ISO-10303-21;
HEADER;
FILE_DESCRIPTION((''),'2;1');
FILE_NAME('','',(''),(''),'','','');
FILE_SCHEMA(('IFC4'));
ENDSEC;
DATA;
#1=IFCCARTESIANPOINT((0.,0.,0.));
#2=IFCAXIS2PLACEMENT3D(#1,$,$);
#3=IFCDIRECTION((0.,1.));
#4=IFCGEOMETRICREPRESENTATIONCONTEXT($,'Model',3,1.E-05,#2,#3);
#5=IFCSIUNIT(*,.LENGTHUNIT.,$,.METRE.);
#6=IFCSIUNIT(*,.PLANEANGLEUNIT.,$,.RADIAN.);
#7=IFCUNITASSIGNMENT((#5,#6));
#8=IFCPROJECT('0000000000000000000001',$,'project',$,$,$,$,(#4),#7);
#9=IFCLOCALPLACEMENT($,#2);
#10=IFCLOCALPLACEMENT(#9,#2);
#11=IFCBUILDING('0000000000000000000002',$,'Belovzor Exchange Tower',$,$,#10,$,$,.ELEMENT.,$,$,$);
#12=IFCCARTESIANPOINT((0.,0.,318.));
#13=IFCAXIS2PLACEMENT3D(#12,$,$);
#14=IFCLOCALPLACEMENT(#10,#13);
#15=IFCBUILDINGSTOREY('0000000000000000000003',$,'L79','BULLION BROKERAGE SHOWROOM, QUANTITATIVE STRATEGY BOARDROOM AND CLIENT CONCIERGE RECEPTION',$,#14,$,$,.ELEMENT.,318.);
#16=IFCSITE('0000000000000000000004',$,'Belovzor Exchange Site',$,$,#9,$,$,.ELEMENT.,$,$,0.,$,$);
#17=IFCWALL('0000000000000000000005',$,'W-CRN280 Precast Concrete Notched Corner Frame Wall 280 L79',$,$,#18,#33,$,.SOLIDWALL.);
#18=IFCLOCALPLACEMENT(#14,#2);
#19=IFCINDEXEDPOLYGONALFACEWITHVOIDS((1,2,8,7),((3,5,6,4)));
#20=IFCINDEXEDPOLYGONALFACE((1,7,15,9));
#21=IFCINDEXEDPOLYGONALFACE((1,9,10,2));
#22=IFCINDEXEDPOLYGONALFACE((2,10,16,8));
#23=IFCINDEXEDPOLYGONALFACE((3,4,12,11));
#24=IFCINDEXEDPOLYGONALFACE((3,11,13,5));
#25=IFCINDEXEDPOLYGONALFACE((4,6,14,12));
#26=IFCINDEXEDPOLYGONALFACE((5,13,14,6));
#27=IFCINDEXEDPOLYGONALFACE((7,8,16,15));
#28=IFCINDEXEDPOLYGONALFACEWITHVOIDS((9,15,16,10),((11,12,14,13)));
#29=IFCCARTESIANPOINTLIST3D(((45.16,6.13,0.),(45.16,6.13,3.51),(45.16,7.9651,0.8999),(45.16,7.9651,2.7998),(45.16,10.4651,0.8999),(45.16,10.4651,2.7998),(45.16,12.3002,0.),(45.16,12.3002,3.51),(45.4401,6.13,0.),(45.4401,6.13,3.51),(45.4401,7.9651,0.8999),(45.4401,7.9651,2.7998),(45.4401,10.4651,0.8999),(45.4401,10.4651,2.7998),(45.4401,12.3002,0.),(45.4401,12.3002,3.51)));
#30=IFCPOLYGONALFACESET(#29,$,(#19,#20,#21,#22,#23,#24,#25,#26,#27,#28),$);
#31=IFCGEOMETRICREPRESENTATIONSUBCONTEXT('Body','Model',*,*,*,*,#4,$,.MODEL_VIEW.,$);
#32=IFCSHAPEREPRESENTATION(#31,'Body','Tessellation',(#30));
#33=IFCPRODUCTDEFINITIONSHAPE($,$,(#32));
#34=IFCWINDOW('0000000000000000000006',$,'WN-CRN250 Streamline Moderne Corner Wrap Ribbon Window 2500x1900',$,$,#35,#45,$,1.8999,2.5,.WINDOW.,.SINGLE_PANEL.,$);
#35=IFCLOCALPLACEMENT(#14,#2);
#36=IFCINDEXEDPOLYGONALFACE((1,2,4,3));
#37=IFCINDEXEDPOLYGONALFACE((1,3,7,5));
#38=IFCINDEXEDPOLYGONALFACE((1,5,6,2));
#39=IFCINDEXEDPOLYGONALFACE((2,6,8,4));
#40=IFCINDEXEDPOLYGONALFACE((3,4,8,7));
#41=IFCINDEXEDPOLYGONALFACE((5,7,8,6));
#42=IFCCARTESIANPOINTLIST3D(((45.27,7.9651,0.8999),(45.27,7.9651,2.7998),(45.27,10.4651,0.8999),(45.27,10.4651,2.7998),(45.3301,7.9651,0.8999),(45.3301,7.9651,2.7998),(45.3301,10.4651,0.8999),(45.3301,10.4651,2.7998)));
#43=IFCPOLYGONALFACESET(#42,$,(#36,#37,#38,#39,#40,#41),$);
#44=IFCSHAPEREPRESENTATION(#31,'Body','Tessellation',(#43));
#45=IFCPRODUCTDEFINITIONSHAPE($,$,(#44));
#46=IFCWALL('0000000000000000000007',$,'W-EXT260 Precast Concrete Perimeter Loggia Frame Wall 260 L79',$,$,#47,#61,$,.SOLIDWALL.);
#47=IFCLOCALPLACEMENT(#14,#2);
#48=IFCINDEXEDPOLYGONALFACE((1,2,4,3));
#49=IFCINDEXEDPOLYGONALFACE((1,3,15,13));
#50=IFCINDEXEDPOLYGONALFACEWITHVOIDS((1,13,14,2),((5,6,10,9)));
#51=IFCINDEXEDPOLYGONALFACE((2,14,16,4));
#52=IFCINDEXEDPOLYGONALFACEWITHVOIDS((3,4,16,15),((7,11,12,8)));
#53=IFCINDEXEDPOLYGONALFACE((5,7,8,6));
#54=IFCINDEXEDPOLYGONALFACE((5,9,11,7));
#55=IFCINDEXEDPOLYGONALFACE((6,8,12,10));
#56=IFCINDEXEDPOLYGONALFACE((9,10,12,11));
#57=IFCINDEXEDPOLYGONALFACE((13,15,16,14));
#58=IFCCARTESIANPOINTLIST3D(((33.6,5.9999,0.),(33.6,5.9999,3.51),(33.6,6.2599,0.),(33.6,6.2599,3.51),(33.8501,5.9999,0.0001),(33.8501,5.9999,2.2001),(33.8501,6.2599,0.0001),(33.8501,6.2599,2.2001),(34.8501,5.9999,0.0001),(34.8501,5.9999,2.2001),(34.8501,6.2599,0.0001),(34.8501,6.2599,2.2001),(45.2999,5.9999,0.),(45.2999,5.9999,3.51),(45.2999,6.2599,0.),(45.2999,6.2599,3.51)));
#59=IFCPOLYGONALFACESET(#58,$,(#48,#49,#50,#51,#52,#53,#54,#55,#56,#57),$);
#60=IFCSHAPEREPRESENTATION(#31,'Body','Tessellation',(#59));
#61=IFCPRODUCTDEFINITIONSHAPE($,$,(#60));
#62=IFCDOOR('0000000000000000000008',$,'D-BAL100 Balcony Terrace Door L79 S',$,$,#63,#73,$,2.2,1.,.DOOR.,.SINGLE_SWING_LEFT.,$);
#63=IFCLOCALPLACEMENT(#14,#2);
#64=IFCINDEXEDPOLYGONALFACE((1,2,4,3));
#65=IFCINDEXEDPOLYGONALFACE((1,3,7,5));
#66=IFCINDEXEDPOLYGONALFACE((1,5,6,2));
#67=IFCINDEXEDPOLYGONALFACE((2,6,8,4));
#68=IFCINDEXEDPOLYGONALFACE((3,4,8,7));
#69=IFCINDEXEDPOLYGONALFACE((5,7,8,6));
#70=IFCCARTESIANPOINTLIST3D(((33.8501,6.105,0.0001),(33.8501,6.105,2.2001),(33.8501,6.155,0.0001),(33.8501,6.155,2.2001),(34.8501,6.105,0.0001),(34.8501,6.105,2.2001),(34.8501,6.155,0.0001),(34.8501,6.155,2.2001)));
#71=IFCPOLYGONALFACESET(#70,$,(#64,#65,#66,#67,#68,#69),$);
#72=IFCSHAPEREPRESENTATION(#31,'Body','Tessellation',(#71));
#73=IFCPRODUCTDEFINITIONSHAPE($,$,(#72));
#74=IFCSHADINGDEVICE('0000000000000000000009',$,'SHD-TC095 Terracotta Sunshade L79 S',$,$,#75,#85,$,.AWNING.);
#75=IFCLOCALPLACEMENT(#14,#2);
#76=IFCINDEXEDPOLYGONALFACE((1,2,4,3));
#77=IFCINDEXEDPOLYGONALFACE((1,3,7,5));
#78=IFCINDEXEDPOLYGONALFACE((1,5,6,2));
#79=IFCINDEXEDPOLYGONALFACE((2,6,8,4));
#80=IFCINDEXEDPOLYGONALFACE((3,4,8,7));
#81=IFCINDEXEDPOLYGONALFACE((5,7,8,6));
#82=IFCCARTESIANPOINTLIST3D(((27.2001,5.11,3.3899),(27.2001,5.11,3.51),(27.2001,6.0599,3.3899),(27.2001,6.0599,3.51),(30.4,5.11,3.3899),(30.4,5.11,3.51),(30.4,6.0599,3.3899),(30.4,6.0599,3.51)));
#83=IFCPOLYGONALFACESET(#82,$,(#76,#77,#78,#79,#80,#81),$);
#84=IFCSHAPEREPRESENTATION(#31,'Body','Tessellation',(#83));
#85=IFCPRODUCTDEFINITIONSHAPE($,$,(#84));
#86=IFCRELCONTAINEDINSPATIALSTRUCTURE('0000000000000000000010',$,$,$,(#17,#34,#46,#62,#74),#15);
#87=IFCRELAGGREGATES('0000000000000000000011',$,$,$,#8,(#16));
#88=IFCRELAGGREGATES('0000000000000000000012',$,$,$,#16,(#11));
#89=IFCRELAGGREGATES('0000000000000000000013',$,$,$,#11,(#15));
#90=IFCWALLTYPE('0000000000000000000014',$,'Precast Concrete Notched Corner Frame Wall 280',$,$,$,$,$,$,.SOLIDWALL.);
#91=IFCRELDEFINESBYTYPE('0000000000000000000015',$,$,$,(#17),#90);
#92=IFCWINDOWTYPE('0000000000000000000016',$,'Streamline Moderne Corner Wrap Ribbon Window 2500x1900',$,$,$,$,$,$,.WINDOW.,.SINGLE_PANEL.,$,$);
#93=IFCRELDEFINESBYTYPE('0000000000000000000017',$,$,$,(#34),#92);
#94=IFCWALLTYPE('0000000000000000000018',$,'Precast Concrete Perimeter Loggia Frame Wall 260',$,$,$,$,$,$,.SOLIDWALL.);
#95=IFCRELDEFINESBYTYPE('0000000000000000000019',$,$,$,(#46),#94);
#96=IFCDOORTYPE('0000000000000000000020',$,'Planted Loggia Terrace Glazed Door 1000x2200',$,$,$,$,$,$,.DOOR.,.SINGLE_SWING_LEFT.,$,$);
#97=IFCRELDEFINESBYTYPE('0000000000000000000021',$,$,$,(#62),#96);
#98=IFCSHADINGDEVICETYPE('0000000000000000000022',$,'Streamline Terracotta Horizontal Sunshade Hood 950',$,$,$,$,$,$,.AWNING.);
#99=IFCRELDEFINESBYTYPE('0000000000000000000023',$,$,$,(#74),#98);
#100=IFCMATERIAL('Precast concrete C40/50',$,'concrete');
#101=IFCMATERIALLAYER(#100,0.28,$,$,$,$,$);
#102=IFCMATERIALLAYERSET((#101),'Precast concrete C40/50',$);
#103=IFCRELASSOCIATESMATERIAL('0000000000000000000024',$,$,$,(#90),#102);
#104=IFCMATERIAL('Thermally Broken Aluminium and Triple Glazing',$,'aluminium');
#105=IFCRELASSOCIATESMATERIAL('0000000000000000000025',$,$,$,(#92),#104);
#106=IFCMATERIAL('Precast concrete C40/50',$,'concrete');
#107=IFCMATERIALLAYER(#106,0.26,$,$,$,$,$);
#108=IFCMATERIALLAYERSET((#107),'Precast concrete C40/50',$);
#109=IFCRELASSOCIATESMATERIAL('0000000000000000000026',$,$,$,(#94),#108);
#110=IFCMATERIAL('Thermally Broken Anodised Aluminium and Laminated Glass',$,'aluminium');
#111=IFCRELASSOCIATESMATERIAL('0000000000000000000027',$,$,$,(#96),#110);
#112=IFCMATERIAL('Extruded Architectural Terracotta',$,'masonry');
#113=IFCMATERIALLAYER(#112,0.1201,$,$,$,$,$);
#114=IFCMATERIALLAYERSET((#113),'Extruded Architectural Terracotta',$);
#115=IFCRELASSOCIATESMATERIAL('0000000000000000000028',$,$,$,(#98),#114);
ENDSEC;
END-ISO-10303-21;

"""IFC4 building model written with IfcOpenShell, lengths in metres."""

from ifc_helpers import new_model, si_unit, direction, frame, frame_2d, origin, origin_2d, place, context, subcontext, project, spatial, rectangle, extrude, material, layer, layer_set, type_object, element, fill, save


model = new_model("IFC4")

# Units and contexts
model_context = context("Model", 3, precision=1e-05, world=origin(), true_north=direction((0.0, 1.0)))
body_context = subcontext(model_context, "Body", "Model", "MODEL_VIEW")
ifc_project = project(units=[si_unit("LENGTHUNIT", "METRE"), si_unit("PLANEANGLEUNIT", "RADIAN")], contexts=[model_context])

# Site, building, storey
site_placement = place(None, origin())
site = spatial("IfcSite", under=ifc_project, at=site_placement, Name="Belovzor Exchange Site", CompositionType="ELEMENT", RefElevation=0.0)
building_placement = place(site_placement, origin())
building = spatial("IfcBuilding", under=site, at=building_placement, Name="Belovzor Exchange Tower", CompositionType="ELEMENT")
storey_placement = place(building_placement, frame((0.0, 0.0, 318.0)))
storey = spatial("IfcBuildingStorey", under=building, at=storey_placement, Name="L79", Description="BULLION BROKERAGE SHOWROOM, QUANTITATIVE STRATEGY BOARDROOM AND CLIENT CONCIERGE RECEPTION", CompositionType="ELEMENT", Elevation=318.0)

# Wall, opening, window
ifc_material_1 = material(Name="Precast concrete C40/50", Category="concrete")
ifc_layer_1 = layer(ifc_material_1, 0.28)
ifc_layer_set_1 = layer_set([ifc_layer_1], Name="Precast concrete C40/50")
wall_type_1 = type_object("IfcWallType", Name="Precast Concrete Notched Corner Frame Wall 280", PredefinedType="SOLIDWALL", material=ifc_layer_set_1)
ifc_material_2 = material(Name="Thermally Broken Aluminium and Triple Glazing", Category="aluminium")
window_type = type_object("IfcWindowType", Name="Streamline Moderne Corner Wrap Ribbon Window 2500x1900", PartitioningType="SINGLE_PANEL", PredefinedType="WINDOW", material=ifc_material_2)
wall_1_placement = place(storey_placement, frame((45.3, 12.3, 0.0), z_axis=(0.0, 0.0, 1.0), x_axis=(0.0, -1.0, 0.0)))
wall_1 = element("IfcWall", 1, at=wall_1_placement, inside=storey, type_object=wall_type_1, Name="W-CRN280 Precast Concrete Notched Corner Frame Wall 280 L79", PredefinedType="SOLIDWALL", context=body_context, shape_type="SweptSolid", body=[
    extrude(rectangle(XDim=6.1702, YDim=0.28, at=frame_2d((3.085, 0.0))), origin(), (0.0, 0.0, 1.0), 3.51),
])
opening_1_placement = place(wall_1_placement, frame((1.835, 0.0, 0.8999)))
opening_1 = element("IfcOpeningElement", 2, at=opening_1_placement, cuts=wall_1, PredefinedType="OPENING", context=body_context, shape_type="SweptSolid", body=[
    extrude(rectangle(XDim=2.5, YDim=1.8999, at=frame_2d((1.25, 0.95))), frame((0.0, 0.1499, 0.0), z_axis=(0.0, -1.0, 0.0), x_axis=(1.0, 0.0, 0.0)), (0.0, 0.0, 1.0), 0.3),
])
window_1_placement = place(opening_1_placement, origin())
window_1 = element("IfcWindow", 3, at=window_1_placement, inside=storey, type_object=window_type, Name="WN-CRN250 Streamline Moderne Corner Wrap Ribbon Window 2500x1900", OverallHeight=1.8999, OverallWidth=2.5, PartitioningType="SINGLE_PANEL", PredefinedType="WINDOW", context=body_context, shape_type="SweptSolid", body=[
    extrude(rectangle(XDim=2.5, YDim=1.8999, at=frame_2d((1.25, 0.95))), frame((0.0, 0.03, 0.0), z_axis=(0.0, -1.0, 0.0), x_axis=(1.0, 0.0, 0.0)), (0.0, 0.0, 1.0), 0.0601),
])
fill(opening_1, window_1)

# Wall, opening, door
ifc_material_3 = material(Name="Precast concrete C40/50", Category="concrete")
ifc_layer_2 = layer(ifc_material_3, 0.26)
ifc_layer_set_2 = layer_set([ifc_layer_2], Name="Precast concrete C40/50")
wall_type_2 = type_object("IfcWallType", Name="Precast Concrete Perimeter Loggia Frame Wall 260", PredefinedType="SOLIDWALL", material=ifc_layer_set_2)
wall_2_placement = place(storey_placement, frame((45.3, 6.1299, 0.0), z_axis=(0.0, 0.0, 1.0), x_axis=(-1.0, 0.0, 0.0)))
wall_2 = element("IfcWall", 4, at=wall_2_placement, inside=storey, type_object=wall_type_2, Name="W-EXT260 Precast Concrete Perimeter Loggia Frame Wall 260 L79", PredefinedType="SOLIDWALL", context=body_context, shape_type="SweptSolid", body=[
    extrude(rectangle(XDim=11.7, YDim=0.26, at=frame_2d((5.8501, 0.0))), origin(), (0.0, 0.0, 1.0), 3.51),
])
opening_2_placement = place(wall_2_placement, frame((10.45, 0.0, 0.0)))
opening_2 = element("IfcOpeningElement", 5, at=opening_2_placement, cuts=wall_2, PredefinedType="OPENING", context=body_context, shape_type="SweptSolid", body=[
    extrude(rectangle(XDim=1.0, YDim=2.2, at=frame_2d((0.5, 1.1001))), frame((0.0, 0.1399, 0.0), z_axis=(0.0, -1.0, 0.0), x_axis=(1.0, 0.0, 0.0)), (0.0, 0.0, 1.0), 0.28),
])
ifc_material_4 = material(Name="Thermally Broken Anodised Aluminium and Laminated Glass", Category="aluminium")
door_type = type_object("IfcDoorType", Name="Planted Loggia Terrace Glazed Door 1000x2200", OperationType="SINGLE_SWING_LEFT", PredefinedType="DOOR", material=ifc_material_4)
door_placement = place(opening_2_placement, origin())
door = element("IfcDoor", 6, at=door_placement, inside=storey, type_object=door_type, Name="D-BAL100 Balcony Terrace Door L79 S", OperationType="SINGLE_SWING_LEFT", OverallHeight=2.2, OverallWidth=1.0, PredefinedType="DOOR", context=body_context, shape_type="SweptSolid", body=[
    extrude(rectangle(XDim=1.0, YDim=2.2, at=frame_2d((0.5, 1.1001))), frame((0.0, 0.0249, 0.0), z_axis=(0.0, -1.0, 0.0), x_axis=(1.0, 0.0, 0.0)), (0.0, 0.0, 1.0), 0.05),
])
fill(opening_2, door)

# Shading device
ifc_material_5 = material(Name="Extruded Architectural Terracotta", Category="masonry")
ifc_layer_3 = layer(ifc_material_5, 0.1201)
ifc_layer_set_3 = layer_set([ifc_layer_3], Name="Extruded Architectural Terracotta")
shading_device_type = type_object("IfcShadingDeviceType", Name="Streamline Terracotta Horizontal Sunshade Hood 950", PredefinedType="AWNING", material=ifc_layer_set_3)
shading_device_placement = place(storey_placement, frame((28.8, 5.585, 3.3899), z_axis=(0.0, 0.0, 1.0), x_axis=(1.0, 0.0, 0.0)))
element("IfcShadingDevice", 7, at=shading_device_placement, inside=storey, type_object=shading_device_type, Name="SHD-TC095 Terracotta Sunshade L79 S", PredefinedType="AWNING", context=body_context, shape_type="SweptSolid", body=[
    extrude(rectangle(XDim=3.2, YDim=0.95, at=origin_2d()), origin(), (0.0, 0.0, 1.0), 0.1201),
])

save(model, "model.ifc")
